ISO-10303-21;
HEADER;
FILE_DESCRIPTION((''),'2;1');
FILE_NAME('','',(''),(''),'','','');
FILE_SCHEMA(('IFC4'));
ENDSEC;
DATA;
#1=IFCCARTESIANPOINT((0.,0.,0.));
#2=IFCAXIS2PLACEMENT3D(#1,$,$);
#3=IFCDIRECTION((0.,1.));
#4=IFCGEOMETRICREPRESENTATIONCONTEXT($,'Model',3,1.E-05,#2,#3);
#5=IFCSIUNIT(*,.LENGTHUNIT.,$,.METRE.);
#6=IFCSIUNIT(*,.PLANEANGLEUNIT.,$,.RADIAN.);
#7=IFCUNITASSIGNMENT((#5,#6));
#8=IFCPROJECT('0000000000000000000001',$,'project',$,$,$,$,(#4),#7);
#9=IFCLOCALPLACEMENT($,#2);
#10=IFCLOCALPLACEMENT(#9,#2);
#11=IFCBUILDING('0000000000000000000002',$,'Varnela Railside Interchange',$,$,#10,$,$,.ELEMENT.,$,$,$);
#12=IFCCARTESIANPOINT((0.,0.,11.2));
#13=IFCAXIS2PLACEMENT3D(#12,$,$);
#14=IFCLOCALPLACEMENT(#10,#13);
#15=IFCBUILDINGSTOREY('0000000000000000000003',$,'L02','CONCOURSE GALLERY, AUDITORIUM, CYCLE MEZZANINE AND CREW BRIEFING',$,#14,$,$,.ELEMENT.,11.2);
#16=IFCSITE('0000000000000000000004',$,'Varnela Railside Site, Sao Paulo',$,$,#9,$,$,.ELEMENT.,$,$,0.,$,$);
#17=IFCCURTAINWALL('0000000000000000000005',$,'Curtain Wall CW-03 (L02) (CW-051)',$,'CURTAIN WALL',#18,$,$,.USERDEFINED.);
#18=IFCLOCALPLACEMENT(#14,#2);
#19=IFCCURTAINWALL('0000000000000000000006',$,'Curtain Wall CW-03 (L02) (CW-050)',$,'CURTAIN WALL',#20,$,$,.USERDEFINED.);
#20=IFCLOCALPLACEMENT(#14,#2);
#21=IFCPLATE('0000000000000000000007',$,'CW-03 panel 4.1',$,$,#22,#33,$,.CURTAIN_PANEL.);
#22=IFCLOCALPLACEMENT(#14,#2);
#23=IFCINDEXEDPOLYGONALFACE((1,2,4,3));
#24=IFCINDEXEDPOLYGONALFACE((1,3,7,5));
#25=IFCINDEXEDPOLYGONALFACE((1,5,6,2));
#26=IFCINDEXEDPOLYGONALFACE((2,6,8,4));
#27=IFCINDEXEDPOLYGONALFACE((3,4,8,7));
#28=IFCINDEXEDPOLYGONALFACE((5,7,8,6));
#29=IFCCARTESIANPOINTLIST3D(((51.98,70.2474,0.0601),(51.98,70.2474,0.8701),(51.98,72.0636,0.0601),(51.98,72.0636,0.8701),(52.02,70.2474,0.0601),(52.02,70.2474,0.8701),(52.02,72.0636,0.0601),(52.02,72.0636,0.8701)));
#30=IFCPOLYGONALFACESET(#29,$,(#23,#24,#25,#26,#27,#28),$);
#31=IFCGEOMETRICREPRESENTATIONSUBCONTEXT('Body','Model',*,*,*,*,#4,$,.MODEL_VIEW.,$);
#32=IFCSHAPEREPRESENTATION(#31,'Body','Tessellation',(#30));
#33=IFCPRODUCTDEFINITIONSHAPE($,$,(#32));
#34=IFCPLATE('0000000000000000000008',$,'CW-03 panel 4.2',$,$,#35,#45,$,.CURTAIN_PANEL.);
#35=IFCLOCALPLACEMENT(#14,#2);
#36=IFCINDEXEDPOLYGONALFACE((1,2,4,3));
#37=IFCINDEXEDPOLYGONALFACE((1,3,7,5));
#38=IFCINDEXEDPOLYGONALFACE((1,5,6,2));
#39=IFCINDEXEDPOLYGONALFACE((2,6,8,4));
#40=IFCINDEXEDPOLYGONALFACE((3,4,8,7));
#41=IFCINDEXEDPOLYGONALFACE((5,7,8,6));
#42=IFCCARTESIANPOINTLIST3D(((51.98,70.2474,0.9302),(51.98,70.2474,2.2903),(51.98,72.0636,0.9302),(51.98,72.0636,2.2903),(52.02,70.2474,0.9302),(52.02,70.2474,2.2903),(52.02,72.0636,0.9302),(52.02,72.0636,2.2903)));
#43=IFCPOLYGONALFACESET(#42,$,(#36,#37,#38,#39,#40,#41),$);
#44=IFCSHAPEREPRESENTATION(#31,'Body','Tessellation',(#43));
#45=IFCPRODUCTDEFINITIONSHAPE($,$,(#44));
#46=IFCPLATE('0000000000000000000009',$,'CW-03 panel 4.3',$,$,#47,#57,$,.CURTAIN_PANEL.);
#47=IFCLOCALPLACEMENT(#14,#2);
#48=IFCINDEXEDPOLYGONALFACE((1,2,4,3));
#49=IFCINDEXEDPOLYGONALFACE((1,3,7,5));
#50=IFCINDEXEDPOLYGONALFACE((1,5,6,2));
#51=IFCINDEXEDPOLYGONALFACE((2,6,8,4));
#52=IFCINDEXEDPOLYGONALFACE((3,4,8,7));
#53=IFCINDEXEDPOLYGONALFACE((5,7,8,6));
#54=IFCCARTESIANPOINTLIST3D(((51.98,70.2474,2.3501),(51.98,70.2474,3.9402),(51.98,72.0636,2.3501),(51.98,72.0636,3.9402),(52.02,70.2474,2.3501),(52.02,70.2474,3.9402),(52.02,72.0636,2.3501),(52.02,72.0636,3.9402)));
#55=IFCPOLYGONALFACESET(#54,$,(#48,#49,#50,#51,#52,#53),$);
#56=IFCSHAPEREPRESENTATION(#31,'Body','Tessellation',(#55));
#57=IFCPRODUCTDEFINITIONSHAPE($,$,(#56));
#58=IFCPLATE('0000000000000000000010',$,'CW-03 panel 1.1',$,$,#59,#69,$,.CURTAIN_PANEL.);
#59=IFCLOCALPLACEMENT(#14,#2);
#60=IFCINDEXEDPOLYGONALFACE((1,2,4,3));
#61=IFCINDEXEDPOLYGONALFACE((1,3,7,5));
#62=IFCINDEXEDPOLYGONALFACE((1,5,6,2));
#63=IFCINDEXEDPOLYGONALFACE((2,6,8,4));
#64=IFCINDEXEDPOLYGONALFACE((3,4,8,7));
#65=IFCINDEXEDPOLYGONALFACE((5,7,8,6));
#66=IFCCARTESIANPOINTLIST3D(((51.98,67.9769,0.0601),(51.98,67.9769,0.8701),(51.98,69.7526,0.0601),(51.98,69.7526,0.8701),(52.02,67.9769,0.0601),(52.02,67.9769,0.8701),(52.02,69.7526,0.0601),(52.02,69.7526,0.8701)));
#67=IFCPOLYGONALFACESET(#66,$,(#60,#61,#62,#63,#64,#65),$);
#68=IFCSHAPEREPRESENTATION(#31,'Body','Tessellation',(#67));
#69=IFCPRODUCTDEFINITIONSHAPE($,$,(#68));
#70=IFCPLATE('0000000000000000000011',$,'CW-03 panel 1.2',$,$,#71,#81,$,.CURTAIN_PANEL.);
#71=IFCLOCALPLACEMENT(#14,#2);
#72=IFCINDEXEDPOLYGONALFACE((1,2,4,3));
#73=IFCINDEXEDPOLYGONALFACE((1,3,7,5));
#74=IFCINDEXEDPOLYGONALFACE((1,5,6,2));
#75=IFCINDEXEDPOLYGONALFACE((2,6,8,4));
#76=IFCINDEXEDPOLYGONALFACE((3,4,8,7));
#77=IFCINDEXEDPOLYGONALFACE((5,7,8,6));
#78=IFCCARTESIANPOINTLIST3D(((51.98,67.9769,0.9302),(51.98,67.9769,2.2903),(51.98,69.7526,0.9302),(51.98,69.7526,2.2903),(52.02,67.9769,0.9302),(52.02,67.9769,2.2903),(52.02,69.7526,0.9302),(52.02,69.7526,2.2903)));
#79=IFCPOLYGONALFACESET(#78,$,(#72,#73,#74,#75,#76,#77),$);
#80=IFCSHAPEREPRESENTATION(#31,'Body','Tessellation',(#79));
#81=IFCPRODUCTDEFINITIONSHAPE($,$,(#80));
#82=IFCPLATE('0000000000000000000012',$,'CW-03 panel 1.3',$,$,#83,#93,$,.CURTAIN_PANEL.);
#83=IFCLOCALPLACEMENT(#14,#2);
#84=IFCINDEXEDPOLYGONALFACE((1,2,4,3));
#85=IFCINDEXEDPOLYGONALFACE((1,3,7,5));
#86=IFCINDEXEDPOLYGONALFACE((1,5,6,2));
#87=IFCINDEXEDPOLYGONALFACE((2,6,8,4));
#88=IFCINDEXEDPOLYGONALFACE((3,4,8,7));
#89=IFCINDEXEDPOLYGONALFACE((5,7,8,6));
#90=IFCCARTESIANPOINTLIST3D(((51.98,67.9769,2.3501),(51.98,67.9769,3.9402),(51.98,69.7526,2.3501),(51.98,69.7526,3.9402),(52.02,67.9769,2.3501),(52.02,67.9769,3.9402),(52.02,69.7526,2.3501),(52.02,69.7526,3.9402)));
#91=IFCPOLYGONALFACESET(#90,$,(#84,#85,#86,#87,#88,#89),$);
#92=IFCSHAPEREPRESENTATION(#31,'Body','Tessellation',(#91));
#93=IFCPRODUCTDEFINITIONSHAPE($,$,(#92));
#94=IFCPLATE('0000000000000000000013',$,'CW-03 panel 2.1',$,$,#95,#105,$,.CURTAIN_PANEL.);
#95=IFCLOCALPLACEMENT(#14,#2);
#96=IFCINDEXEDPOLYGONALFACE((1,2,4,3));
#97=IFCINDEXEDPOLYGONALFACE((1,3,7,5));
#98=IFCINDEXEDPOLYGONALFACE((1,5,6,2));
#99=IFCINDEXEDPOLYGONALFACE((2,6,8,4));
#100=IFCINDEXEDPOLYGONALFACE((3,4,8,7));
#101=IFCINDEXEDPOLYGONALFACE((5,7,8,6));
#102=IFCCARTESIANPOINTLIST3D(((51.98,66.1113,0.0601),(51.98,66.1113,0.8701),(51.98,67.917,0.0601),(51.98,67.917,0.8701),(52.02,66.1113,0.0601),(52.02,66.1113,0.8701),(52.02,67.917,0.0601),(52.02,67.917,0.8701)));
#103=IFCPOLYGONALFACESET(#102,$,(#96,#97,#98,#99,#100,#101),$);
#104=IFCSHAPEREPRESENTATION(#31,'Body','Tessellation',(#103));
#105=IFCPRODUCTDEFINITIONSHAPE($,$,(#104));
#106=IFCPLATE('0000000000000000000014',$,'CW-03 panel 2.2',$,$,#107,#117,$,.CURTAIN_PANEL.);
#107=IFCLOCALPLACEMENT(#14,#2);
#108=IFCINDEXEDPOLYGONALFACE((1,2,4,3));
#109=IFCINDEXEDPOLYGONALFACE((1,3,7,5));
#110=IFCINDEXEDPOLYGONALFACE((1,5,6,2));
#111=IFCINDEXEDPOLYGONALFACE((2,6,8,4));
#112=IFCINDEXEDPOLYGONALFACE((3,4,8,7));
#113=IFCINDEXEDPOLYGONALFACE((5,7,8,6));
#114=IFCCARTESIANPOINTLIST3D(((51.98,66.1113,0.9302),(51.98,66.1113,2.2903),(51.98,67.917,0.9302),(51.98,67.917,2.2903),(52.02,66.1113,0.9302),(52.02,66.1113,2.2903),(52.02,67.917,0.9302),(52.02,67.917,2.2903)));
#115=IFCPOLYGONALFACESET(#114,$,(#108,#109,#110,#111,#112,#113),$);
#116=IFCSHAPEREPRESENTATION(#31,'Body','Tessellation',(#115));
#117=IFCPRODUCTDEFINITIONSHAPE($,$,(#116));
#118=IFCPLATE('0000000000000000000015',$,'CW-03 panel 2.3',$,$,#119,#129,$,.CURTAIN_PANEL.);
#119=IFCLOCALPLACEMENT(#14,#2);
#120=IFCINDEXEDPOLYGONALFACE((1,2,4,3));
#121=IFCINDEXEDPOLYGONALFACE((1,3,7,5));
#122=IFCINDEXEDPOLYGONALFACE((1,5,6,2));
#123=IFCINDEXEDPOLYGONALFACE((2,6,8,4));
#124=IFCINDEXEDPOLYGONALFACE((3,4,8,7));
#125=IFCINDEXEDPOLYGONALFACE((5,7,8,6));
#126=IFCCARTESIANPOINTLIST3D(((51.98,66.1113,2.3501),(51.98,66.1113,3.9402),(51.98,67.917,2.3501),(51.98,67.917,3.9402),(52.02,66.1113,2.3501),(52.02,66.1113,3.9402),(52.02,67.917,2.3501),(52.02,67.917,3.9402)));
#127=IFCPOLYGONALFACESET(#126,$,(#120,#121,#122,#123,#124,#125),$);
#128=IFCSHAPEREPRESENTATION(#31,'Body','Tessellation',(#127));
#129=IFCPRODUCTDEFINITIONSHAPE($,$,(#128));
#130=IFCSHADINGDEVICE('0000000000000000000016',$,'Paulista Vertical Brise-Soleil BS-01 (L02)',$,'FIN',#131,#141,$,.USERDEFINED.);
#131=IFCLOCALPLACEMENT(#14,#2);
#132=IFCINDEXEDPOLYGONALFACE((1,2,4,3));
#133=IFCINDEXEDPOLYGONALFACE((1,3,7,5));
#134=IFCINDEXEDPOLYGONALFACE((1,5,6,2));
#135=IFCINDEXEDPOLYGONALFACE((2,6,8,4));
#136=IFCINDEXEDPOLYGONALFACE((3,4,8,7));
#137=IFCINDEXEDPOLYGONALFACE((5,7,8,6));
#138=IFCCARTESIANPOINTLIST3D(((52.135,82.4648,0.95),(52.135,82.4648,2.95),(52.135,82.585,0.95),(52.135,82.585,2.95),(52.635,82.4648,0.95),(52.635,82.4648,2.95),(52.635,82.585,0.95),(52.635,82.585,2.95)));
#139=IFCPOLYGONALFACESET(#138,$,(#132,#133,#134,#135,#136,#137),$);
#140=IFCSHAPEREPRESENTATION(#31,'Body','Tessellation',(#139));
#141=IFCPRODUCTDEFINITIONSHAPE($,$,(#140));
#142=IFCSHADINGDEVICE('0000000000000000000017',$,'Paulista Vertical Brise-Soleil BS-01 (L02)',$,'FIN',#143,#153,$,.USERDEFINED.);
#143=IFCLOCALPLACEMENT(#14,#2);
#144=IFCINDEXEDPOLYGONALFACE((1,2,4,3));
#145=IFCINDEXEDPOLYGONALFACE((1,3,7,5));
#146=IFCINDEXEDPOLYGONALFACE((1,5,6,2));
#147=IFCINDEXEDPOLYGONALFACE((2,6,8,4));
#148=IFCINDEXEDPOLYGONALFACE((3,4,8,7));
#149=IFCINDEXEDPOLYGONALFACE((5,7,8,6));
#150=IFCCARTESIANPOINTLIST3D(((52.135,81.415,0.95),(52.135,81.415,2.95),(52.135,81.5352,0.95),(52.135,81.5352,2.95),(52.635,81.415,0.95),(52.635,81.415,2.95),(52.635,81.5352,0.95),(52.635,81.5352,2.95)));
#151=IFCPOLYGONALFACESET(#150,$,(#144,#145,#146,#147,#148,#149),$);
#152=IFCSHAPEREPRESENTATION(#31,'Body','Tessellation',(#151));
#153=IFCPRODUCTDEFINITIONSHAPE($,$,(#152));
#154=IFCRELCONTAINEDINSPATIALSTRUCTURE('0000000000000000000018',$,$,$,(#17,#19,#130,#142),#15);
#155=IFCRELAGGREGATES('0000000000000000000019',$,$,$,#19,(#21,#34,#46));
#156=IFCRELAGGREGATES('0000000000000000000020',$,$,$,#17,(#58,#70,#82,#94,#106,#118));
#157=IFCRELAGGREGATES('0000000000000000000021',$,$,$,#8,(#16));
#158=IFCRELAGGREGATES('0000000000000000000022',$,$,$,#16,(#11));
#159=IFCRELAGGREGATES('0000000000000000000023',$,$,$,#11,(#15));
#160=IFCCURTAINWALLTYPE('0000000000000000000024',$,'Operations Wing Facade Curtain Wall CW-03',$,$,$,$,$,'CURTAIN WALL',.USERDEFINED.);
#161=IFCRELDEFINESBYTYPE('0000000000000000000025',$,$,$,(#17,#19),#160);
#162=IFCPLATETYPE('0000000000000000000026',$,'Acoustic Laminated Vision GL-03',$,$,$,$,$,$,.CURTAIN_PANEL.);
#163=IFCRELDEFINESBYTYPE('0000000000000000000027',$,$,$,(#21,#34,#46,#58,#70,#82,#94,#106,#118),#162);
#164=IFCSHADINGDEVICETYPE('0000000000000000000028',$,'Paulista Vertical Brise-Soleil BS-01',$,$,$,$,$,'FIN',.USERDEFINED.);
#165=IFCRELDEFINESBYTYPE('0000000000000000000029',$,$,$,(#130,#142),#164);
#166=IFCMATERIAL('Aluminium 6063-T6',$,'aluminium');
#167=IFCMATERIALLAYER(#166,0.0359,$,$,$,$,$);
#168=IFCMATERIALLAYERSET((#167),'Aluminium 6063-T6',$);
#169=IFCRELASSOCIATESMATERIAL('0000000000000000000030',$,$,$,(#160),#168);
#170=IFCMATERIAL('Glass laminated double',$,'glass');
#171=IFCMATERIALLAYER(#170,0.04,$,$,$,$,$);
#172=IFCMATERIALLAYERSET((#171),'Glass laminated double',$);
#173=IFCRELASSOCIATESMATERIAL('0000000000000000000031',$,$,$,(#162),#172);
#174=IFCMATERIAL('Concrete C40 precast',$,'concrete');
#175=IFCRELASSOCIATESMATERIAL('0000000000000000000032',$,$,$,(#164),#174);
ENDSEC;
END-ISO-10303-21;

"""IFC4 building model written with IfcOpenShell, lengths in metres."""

from ifc_helpers import new_model, si_unit, direction, frame, origin, origin_2d, place, context, subcontext, project, spatial, rectangle, extrude, material, layer, layer_set, type_object, element, aggregate, save


model = new_model("IFC4")

# Units and contexts
model_context = context("Model", 3, precision=1e-05, world=origin(), true_north=direction((0.0, 1.0)))
body_context = subcontext(model_context, "Body", "Model", "MODEL_VIEW")
ifc_project = project(units=[si_unit("LENGTHUNIT", "METRE"), si_unit("PLANEANGLEUNIT", "RADIAN")], contexts=[model_context])

# Site, building, storey
site_placement = place(None, origin())
site = spatial("IfcSite", under=ifc_project, at=site_placement, Name="Varnela Railside Site, Sao Paulo", CompositionType="ELEMENT", RefElevation=0.0)
building_placement = place(site_placement, origin())
building = spatial("IfcBuilding", under=site, at=building_placement, Name="Varnela Railside Interchange", CompositionType="ELEMENT")
storey_placement = place(building_placement, frame((0.0, 0.0, 11.2)))
storey = spatial("IfcBuildingStorey", under=building, at=storey_placement, Name="L02", Description="CONCOURSE GALLERY, AUDITORIUM, CYCLE MEZZANINE AND CREW BRIEFING", CompositionType="ELEMENT", Elevation=11.2)

# Curtain walls
ifc_material_1 = material(Name="Aluminium 6063-T6", Category="aluminium")
ifc_layer_1 = layer(ifc_material_1, 0.0359)
ifc_layer_set_1 = layer_set([ifc_layer_1], Name="Aluminium 6063-T6")
curtain_wall_type = type_object("IfcCurtainWallType", Name="Operations Wing Facade Curtain Wall CW-03", ElementType="CURTAIN WALL", PredefinedType="USERDEFINED", material=ifc_layer_set_1)
curtain_wall_1_placement = place(storey_placement, origin())
curtain_wall_1 = element("IfcCurtainWall", 1, at=curtain_wall_1_placement, inside=storey, type_object=curtain_wall_type, Name="Curtain Wall CW-03 (L02) (CW-051)", ObjectType="CURTAIN WALL", PredefinedType="USERDEFINED")
curtain_wall_2_placement = place(storey_placement, origin())
curtain_wall_2 = element("IfcCurtainWall", 2, at=curtain_wall_2_placement, inside=storey, type_object=curtain_wall_type, Name="Curtain Wall CW-03 (L02) (CW-050)", ObjectType="CURTAIN WALL", PredefinedType="USERDEFINED")

# Plates
ifc_material_2 = material(Name="Glass laminated double", Category="glass")
ifc_layer_2 = layer(ifc_material_2, 0.04)
ifc_layer_set_2 = layer_set([ifc_layer_2], Name="Glass laminated double")
plate_type = type_object("IfcPlateType", Name="Acoustic Laminated Vision GL-03", PredefinedType="CURTAIN_PANEL", material=ifc_layer_set_2)
plate_1_placement = place(storey_placement, frame((52.0, 71.1555, 0.0601), z_axis=(0.0, 0.0, 1.0), x_axis=(0.0, -1.0, 0.0)))
plate_1 = element("IfcPlate", 3, at=plate_1_placement, type_object=plate_type, Name="CW-03 panel 4.1", PredefinedType="CURTAIN_PANEL", context=body_context, shape_type="SweptSolid", body=[
    extrude(rectangle(XDim=1.8162, YDim=0.04, at=origin_2d()), origin(), (0.0, 0.0, 1.0), 0.8101),
])
plate_2_placement = place(storey_placement, frame((52.0, 71.1555, 0.9302), z_axis=(0.0, 0.0, 1.0), x_axis=(0.0, -1.0, 0.0)))
plate_2 = element("IfcPlate", 4, at=plate_2_placement, type_object=plate_type, Name="CW-03 panel 4.2", PredefinedType="CURTAIN_PANEL", context=body_context, shape_type="SweptSolid", body=[
    extrude(rectangle(XDim=1.8162, YDim=0.04, at=origin_2d()), origin(), (0.0, 0.0, 1.0), 1.3601),
])
plate_3_placement = place(storey_placement, frame((52.0, 71.1555, 2.3501), z_axis=(0.0, 0.0, 1.0), x_axis=(0.0, -1.0, 0.0)))
plate_3 = element("IfcPlate", 5, at=plate_3_placement, type_object=plate_type, Name="CW-03 panel 4.3", PredefinedType="CURTAIN_PANEL", context=body_context, shape_type="SweptSolid", body=[
    extrude(rectangle(XDim=1.8162, YDim=0.04, at=origin_2d()), origin(), (0.0, 0.0, 1.0), 1.5901),
])
aggregate(curtain_wall_2, [plate_1, plate_2, plate_3])
plate_4_placement = place(storey_placement, frame((52.0, 68.8647, 0.0601), z_axis=(0.0, 0.0, 1.0), x_axis=(0.0, -1.0, 0.0)))
plate_4 = element("IfcPlate", 6, at=plate_4_placement, type_object=plate_type, Name="CW-03 panel 1.1", PredefinedType="CURTAIN_PANEL", context=body_context, shape_type="SweptSolid", body=[
    extrude(rectangle(XDim=1.7756, YDim=0.04, at=origin_2d()), origin(), (0.0, 0.0, 1.0), 0.8101),
])
plate_5_placement = place(storey_placement, frame((52.0, 68.8647, 0.9302), z_axis=(0.0, 0.0, 1.0), x_axis=(0.0, -1.0, 0.0)))
plate_5 = element("IfcPlate", 7, at=plate_5_placement, type_object=plate_type, Name="CW-03 panel 1.2", PredefinedType="CURTAIN_PANEL", context=body_context, shape_type="SweptSolid", body=[
    extrude(rectangle(XDim=1.7756, YDim=0.04, at=origin_2d()), origin(), (0.0, 0.0, 1.0), 1.3601),
])
plate_6_placement = place(storey_placement, frame((52.0, 68.8647, 2.3501), z_axis=(0.0, 0.0, 1.0), x_axis=(0.0, -1.0, 0.0)))
plate_6 = element("IfcPlate", 8, at=plate_6_placement, type_object=plate_type, Name="CW-03 panel 1.3", PredefinedType="CURTAIN_PANEL", context=body_context, shape_type="SweptSolid", body=[
    extrude(rectangle(XDim=1.7756, YDim=0.04, at=origin_2d()), origin(), (0.0, 0.0, 1.0), 1.5901),
])
plate_7_placement = place(storey_placement, frame((52.0, 67.0142, 0.0601), z_axis=(0.0, 0.0, 1.0), x_axis=(0.0, -1.0, 0.0)))
plate_7 = element("IfcPlate", 9, at=plate_7_placement, type_object=plate_type, Name="CW-03 panel 2.1", PredefinedType="CURTAIN_PANEL", context=body_context, shape_type="SweptSolid", body=[
    extrude(rectangle(XDim=1.8057, YDim=0.04, at=origin_2d()), origin(), (0.0, 0.0, 1.0), 0.8101),
])
plate_8_placement = place(storey_placement, frame((52.0, 67.0142, 0.9302), z_axis=(0.0, 0.0, 1.0), x_axis=(0.0, -1.0, 0.0)))
plate_8 = element("IfcPlate", 10, at=plate_8_placement, type_object=plate_type, Name="CW-03 panel 2.2", PredefinedType="CURTAIN_PANEL", context=body_context, shape_type="SweptSolid", body=[
    extrude(rectangle(XDim=1.8057, YDim=0.04, at=origin_2d()), origin(), (0.0, 0.0, 1.0), 1.3601),
])
plate_9_placement = place(storey_placement, frame((52.0, 67.0142, 2.3501), z_axis=(0.0, 0.0, 1.0), x_axis=(0.0, -1.0, 0.0)))
plate_9 = element("IfcPlate", 11, at=plate_9_placement, type_object=plate_type, Name="CW-03 panel 2.3", PredefinedType="CURTAIN_PANEL", context=body_context, shape_type="SweptSolid", body=[
    extrude(rectangle(XDim=1.8057, YDim=0.04, at=origin_2d()), origin(), (0.0, 0.0, 1.0), 1.5901),
])
aggregate(curtain_wall_1, [plate_4, plate_5, plate_6, plate_7, plate_8, plate_9])

# Shading devices
ifc_material_3 = material(Name="Concrete C40 precast", Category="concrete")
shading_device_type = type_object("IfcShadingDeviceType", Name="Paulista Vertical Brise-Soleil BS-01", ElementType="FIN", PredefinedType="USERDEFINED", material=ifc_material_3)
for number, where, z_axis, x_axis, name in (
    (12, (52.385, 82.5249, 0.95), (0.0, 0.0, 1.0), (1.0, 0.0, 0.0), "Paulista Vertical Brise-Soleil BS-01 (L02)"),
    (13, (52.385, 81.4751, 0.95), (0.0, 0.0, 1.0), (1.0, 0.0, 0.0), "Paulista Vertical Brise-Soleil BS-01 (L02)"),
):
    element("IfcShadingDevice", number, at=place(storey_placement, frame(where, z_axis=z_axis, x_axis=x_axis)), inside=storey, type_object=shading_device_type, Name=name, ObjectType="FIN", PredefinedType="USERDEFINED", context=body_context, shape_type="SweptSolid", body=[
        extrude(rectangle(XDim=0.5, YDim=0.1201, at=origin_2d()), origin(), (0.0, 0.0, 1.0), 2.0),
    ])

save(model, "model.ifc")
